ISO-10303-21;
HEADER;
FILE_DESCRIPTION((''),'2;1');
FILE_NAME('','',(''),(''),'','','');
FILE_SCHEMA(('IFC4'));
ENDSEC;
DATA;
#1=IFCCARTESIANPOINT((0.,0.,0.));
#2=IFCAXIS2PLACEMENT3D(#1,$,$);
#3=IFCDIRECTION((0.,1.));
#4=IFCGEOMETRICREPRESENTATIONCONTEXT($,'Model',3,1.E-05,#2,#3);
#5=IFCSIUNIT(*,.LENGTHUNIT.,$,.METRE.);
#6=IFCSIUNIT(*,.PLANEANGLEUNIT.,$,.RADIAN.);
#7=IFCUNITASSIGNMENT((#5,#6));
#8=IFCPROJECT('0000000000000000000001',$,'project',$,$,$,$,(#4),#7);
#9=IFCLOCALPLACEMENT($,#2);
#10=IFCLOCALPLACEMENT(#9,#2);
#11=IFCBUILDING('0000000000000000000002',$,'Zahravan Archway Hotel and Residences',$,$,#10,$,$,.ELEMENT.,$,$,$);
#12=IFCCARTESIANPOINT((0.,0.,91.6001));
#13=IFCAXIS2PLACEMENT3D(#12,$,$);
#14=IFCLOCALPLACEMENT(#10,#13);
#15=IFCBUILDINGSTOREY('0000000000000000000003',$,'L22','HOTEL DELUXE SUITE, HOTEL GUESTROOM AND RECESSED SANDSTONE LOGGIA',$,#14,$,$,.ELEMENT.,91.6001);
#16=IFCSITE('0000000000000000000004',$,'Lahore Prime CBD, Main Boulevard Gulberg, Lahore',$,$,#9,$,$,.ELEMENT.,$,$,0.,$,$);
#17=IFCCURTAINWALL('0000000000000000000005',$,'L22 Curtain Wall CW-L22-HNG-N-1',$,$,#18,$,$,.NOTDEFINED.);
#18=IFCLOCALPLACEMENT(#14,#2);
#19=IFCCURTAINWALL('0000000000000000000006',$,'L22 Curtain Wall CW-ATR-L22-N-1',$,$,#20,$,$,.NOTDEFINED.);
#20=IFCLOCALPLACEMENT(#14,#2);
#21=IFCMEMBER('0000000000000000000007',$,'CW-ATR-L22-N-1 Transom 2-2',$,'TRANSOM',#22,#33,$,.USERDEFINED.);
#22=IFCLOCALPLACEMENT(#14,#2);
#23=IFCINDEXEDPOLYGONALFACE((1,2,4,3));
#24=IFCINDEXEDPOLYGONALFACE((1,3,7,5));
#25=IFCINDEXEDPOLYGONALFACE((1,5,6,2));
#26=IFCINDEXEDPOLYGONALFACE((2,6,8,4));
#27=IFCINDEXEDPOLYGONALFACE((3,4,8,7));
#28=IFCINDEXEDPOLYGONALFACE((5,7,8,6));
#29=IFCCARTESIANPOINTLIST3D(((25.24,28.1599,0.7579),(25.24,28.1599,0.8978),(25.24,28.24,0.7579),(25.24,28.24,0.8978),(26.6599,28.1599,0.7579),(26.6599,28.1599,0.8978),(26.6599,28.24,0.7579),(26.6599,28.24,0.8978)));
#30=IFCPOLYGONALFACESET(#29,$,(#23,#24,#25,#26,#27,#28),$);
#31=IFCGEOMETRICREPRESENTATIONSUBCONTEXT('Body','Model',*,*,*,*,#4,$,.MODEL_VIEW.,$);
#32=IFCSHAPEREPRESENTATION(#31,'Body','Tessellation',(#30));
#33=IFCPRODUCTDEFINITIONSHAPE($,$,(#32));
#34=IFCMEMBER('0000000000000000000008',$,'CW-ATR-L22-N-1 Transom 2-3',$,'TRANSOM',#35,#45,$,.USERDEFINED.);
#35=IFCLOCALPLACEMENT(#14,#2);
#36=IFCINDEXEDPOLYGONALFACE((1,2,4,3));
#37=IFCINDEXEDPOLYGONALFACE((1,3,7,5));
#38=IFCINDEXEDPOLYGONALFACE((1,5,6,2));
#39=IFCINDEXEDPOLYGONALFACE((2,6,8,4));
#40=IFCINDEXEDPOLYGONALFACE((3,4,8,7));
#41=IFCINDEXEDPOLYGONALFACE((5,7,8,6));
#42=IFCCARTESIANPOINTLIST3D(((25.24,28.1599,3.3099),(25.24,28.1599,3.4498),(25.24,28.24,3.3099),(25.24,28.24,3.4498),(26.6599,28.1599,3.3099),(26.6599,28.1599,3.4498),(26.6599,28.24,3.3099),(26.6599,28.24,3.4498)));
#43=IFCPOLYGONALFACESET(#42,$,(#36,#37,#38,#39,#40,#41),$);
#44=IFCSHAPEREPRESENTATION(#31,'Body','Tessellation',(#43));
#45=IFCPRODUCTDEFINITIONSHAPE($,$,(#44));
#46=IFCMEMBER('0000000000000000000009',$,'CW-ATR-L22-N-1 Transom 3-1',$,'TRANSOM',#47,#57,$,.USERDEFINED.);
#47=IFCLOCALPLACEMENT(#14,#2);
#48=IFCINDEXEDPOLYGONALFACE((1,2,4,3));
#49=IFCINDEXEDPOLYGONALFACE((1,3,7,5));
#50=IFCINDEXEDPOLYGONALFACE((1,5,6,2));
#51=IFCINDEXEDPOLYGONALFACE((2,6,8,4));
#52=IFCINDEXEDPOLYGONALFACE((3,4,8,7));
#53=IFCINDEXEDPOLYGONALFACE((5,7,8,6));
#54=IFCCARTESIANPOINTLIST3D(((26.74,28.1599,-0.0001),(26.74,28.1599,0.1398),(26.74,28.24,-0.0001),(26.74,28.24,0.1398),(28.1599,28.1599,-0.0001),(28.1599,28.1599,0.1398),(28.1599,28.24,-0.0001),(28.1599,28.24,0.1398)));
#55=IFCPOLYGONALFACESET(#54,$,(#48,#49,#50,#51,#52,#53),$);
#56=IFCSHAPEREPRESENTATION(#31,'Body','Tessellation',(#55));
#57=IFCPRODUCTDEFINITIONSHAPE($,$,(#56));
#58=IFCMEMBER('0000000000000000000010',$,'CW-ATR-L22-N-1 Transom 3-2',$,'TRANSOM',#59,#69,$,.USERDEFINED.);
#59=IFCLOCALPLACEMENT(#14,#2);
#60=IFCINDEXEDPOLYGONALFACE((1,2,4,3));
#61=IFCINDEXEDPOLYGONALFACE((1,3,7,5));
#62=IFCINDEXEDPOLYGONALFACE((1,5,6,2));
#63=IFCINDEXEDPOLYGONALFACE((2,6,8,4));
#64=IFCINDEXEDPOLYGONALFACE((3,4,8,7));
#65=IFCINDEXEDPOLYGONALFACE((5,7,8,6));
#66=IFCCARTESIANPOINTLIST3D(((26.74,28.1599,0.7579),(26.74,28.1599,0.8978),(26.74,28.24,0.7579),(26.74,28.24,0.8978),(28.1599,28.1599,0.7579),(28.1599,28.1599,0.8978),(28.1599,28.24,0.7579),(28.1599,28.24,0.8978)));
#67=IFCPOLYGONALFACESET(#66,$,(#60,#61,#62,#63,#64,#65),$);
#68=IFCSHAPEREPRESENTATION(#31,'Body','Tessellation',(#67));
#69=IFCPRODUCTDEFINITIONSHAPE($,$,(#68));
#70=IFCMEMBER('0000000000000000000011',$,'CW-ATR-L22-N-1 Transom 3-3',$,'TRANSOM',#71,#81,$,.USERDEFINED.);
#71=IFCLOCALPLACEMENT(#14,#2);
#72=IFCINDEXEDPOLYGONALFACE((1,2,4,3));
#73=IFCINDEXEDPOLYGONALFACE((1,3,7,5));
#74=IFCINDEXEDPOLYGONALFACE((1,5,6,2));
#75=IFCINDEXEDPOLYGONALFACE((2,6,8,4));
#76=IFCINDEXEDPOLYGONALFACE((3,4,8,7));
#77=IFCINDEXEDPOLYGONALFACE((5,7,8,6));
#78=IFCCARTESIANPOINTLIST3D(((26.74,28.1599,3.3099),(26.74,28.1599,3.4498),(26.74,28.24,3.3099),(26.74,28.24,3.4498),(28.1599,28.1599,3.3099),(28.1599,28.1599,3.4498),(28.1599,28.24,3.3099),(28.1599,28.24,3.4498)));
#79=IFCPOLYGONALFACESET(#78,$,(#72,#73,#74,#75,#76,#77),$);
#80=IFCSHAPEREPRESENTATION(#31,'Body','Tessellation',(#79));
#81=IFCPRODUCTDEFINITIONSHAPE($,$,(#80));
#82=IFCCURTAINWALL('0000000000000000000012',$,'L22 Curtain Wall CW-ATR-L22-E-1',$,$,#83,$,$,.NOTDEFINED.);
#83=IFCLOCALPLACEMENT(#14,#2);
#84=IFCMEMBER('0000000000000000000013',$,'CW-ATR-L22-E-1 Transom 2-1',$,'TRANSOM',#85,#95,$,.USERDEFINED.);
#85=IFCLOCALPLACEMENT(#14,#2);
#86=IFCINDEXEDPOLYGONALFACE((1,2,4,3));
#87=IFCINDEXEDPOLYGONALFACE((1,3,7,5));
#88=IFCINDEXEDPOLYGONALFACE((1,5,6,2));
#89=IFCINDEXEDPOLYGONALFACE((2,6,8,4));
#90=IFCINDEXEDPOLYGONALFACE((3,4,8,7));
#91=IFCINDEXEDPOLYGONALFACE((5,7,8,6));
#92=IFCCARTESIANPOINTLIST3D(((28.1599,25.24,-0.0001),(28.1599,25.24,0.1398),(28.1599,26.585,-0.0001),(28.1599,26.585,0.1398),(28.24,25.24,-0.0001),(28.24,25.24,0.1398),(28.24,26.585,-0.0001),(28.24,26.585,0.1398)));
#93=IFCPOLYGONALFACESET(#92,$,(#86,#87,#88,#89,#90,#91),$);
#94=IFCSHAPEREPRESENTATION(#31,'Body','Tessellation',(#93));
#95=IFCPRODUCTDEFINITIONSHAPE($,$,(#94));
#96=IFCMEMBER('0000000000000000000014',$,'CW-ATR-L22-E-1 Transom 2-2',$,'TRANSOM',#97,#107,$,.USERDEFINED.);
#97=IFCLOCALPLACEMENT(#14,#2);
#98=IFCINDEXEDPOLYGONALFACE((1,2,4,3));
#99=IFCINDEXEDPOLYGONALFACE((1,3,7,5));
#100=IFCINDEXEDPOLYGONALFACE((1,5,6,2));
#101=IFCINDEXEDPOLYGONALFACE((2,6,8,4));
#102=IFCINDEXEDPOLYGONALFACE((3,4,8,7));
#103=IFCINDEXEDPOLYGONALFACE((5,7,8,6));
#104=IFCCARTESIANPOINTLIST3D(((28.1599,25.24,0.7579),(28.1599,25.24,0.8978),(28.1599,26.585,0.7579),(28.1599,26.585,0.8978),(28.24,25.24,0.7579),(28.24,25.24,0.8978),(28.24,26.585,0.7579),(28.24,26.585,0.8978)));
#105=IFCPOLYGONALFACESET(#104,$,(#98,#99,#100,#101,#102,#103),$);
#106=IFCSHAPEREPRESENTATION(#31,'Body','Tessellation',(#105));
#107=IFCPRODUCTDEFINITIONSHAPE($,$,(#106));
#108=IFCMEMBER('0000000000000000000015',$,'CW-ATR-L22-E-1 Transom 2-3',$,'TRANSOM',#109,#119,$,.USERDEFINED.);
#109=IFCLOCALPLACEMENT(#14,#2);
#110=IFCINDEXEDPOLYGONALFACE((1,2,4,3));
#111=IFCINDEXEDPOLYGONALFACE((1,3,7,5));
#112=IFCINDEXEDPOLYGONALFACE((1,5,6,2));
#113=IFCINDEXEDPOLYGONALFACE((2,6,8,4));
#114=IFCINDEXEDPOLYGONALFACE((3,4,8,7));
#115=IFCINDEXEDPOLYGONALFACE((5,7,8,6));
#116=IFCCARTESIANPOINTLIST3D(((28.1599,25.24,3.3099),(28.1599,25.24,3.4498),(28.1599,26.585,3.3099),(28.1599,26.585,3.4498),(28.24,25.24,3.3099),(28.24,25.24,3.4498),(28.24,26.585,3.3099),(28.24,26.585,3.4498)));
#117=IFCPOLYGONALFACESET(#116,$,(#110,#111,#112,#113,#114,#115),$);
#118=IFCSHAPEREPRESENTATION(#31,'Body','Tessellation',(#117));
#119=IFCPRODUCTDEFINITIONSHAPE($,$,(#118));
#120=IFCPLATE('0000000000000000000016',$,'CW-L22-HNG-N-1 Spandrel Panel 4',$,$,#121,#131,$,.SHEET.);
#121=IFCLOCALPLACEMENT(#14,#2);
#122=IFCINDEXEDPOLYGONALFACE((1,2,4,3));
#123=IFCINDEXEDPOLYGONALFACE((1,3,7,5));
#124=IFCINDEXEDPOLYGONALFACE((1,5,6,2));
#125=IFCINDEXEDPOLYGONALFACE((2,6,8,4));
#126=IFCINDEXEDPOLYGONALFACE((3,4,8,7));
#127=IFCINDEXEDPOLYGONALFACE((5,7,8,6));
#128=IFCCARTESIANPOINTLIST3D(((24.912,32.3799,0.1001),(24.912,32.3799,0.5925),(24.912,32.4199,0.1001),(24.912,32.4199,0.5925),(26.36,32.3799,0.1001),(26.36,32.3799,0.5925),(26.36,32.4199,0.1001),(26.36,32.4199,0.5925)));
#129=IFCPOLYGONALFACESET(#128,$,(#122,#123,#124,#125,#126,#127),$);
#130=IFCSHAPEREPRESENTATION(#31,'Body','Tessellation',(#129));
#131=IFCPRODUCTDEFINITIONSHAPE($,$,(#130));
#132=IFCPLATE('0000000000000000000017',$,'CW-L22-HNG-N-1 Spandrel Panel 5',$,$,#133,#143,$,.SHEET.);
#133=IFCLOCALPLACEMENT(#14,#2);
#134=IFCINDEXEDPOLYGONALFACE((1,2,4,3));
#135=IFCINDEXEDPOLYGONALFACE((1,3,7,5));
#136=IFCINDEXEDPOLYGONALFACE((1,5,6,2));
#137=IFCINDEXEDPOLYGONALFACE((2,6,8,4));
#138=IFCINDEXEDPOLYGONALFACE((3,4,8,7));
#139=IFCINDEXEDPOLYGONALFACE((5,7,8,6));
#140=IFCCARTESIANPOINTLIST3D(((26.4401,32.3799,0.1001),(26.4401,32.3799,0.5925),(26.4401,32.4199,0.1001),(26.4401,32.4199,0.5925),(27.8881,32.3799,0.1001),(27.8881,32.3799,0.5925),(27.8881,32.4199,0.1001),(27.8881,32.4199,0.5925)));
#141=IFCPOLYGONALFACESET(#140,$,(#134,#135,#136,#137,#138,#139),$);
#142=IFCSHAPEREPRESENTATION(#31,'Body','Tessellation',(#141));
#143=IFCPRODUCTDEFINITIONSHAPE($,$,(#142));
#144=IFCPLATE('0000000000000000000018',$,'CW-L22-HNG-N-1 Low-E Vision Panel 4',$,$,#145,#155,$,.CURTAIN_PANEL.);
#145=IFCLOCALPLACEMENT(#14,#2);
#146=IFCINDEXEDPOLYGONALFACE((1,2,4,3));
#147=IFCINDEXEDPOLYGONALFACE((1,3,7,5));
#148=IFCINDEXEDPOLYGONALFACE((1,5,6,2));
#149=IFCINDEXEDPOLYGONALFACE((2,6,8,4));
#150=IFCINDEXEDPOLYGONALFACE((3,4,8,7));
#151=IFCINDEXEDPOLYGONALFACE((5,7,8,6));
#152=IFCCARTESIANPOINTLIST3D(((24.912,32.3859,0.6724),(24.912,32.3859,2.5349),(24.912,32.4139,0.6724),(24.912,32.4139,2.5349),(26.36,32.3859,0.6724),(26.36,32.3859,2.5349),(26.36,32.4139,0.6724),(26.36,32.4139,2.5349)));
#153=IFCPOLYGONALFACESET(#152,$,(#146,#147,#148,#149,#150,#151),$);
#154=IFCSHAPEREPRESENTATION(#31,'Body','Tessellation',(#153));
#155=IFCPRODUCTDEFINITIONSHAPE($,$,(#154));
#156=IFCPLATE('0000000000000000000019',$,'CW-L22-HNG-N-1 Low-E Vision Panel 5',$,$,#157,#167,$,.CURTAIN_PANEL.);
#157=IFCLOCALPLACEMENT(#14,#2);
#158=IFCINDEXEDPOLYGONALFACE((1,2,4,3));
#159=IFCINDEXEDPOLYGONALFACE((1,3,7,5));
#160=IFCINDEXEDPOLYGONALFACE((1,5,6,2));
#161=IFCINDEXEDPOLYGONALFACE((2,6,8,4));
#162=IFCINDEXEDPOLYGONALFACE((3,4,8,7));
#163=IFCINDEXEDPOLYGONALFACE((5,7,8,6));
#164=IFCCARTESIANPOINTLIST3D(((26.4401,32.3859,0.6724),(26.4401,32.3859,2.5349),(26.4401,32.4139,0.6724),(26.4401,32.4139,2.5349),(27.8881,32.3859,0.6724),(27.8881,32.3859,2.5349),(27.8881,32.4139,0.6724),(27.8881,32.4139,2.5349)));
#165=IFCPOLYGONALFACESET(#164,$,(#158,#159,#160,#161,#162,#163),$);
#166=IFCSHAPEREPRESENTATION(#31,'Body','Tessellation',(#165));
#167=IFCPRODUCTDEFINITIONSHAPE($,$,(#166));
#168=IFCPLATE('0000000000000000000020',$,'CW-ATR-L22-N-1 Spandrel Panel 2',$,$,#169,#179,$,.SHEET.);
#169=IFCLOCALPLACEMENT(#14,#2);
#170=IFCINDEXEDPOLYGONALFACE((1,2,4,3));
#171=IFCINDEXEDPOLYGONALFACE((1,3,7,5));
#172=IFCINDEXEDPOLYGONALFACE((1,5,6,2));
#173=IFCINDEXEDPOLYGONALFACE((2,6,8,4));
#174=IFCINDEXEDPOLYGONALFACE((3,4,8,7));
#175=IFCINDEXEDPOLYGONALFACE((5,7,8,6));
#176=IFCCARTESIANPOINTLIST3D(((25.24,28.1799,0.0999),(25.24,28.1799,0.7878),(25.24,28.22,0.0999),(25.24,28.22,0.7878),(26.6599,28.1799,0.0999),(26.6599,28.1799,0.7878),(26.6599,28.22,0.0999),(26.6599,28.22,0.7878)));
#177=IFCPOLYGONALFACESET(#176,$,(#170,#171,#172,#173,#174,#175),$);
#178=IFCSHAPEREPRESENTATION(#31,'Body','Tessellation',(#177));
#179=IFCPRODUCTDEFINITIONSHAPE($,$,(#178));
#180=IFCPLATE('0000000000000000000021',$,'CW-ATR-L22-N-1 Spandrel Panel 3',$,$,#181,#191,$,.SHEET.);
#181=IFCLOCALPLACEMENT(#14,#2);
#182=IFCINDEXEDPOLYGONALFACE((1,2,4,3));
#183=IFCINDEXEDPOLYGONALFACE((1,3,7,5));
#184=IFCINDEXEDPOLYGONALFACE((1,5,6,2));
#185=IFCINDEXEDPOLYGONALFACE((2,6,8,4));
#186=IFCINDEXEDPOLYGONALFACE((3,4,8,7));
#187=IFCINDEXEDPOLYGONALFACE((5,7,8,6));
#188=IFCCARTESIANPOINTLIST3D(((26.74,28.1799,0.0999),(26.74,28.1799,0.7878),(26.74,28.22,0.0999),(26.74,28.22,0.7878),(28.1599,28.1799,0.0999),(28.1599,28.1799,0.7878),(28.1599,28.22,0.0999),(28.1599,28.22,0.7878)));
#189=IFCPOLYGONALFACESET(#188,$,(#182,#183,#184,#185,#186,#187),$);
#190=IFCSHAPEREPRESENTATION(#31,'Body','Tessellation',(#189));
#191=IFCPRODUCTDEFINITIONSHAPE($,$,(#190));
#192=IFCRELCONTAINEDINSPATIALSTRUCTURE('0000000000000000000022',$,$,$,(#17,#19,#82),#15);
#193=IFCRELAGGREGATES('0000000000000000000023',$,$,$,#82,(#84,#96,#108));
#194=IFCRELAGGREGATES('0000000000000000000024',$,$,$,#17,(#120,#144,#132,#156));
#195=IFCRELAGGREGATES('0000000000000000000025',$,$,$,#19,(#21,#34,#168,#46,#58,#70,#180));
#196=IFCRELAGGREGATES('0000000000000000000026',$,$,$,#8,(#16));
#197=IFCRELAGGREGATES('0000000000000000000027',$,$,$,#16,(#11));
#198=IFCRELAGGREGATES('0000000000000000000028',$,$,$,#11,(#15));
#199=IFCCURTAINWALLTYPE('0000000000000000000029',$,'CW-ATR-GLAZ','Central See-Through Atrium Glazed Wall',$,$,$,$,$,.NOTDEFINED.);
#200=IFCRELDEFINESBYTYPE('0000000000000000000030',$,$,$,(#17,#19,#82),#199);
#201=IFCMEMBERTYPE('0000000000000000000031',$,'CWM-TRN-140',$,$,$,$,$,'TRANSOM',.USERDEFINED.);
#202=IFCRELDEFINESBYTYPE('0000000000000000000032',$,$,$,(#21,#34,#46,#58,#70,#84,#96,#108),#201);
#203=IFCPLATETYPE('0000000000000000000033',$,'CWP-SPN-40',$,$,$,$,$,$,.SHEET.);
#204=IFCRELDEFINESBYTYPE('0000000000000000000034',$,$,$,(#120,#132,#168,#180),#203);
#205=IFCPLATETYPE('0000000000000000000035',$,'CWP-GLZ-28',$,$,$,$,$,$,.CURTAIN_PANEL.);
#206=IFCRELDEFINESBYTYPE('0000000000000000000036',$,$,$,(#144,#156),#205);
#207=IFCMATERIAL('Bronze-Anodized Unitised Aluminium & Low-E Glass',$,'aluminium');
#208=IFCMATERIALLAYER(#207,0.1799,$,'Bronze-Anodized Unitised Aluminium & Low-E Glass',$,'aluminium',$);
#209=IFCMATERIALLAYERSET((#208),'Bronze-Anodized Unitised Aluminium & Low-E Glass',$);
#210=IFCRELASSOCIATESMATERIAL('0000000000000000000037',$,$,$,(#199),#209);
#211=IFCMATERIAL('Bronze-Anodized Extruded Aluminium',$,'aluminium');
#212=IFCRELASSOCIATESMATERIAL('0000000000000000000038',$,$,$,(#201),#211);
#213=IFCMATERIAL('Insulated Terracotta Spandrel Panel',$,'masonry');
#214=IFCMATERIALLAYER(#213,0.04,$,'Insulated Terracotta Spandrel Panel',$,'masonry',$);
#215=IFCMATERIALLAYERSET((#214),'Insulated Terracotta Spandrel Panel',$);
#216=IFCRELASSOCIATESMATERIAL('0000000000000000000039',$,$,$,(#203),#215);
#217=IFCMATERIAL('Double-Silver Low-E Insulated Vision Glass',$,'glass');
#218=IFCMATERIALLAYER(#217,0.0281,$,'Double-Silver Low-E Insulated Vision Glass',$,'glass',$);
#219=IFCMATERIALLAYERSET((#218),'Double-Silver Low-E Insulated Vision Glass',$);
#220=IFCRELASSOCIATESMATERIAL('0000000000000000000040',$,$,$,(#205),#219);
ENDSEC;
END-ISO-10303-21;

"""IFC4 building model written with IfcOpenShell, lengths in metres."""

from ifc_helpers import new_model, si_unit, direction, frame, origin, origin_2d, place, context, subcontext, project, spatial, rectangle, extrude, source, transform, mapped, material, layer, layer_set, material_profile, profile_set, type_object, element, aggregate, save


model = new_model("IFC4")

# Units and contexts
model_context = context("Model", 3, precision=1e-05, world=origin(), true_north=direction((0.0, 1.0)))
body_context = subcontext(model_context, "Body", "Model", "MODEL_VIEW")
ifc_project = project(units=[si_unit("LENGTHUNIT", "METRE"), si_unit("PLANEANGLEUNIT", "RADIAN")], contexts=[model_context])

# Site, building, storey
site_placement = place(None, origin())
site = spatial("IfcSite", under=ifc_project, at=site_placement, Name="Lahore Prime CBD, Main Boulevard Gulberg, Lahore", CompositionType="ELEMENT", RefElevation=0.0)
building_placement = place(site_placement, origin())
building = spatial("IfcBuilding", under=site, at=building_placement, Name="Zahravan Archway Hotel and Residences", CompositionType="ELEMENT")
storey_placement = place(building_placement, frame((0.0, 0.0, 91.6001)))
storey = spatial("IfcBuildingStorey", under=building, at=storey_placement, Name="L22", Description="HOTEL DELUXE SUITE, HOTEL GUESTROOM AND RECESSED SANDSTONE LOGGIA", CompositionType="ELEMENT", Elevation=91.6001)

# Curtain walls, members
ifc_material_1 = material(Name="Bronze-Anodized Unitised Aluminium & Low-E Glass", Category="aluminium")
ifc_layer_1 = layer(ifc_material_1, 0.1799, Name="Bronze-Anodized Unitised Aluminium & Low-E Glass", Category="aluminium")
ifc_layer_set_1 = layer_set([ifc_layer_1], Name="Bronze-Anodized Unitised Aluminium & Low-E Glass")
curtain_wall_type = type_object("IfcCurtainWallType", Name="CW-ATR-GLAZ", Description="Central See-Through Atrium Glazed Wall", PredefinedType="NOTDEFINED", material=ifc_layer_set_1)
curtain_wall_1_placement = place(storey_placement, origin())
curtain_wall_1 = element("IfcCurtainWall", 1, at=curtain_wall_1_placement, inside=storey, type_object=curtain_wall_type, Name="L22 Curtain Wall CW-L22-HNG-N-1", PredefinedType="NOTDEFINED")
ifc_material_2 = material(Name="Bronze-Anodized Extruded Aluminium", Category="aluminium")
ifc_material_profile_1 = material_profile(ifc_material_2, rectangle(XDim=0.0801, YDim=0.1399, at=origin_2d()), Name="TRN 80x140", Category="aluminium")
ifc_profile_set_1 = profile_set([ifc_material_profile_1], Name="Bronze-Anodized Extruded Aluminium")
member_type_1 = type_object("IfcMemberType", Name="CWM-TRN-140", ElementType="TRANSOM", PredefinedType="USERDEFINED", material=ifc_profile_set_1)
curtain_wall_2_placement = place(storey_placement, origin())
curtain_wall_2 = element("IfcCurtainWall", 2, at=curtain_wall_2_placement, inside=storey, type_object=curtain_wall_type, Name="L22 Curtain Wall CW-ATR-L22-N-1", PredefinedType="NOTDEFINED")
shared_shape_1 = source(origin(), body_context, "Body", "SweptSolid", [
    extrude(rectangle(XDim=0.0801, YDim=0.1399, at=origin_2d()), origin(), (0.0, 0.0, 1.0), 1.4199),
])
member_1_placement = place(storey_placement, frame((25.24, 28.2, 0.8279), z_axis=(1.0, 0.0, 0.0), x_axis=(0.0, 1.0, 0.0)))
member_1 = element("IfcMember", 3, at=member_1_placement, type_object=member_type_1, Name="CW-ATR-L22-N-1 Transom 2-2", ObjectType="TRANSOM", PredefinedType="USERDEFINED", context=body_context, shape_type="MappedRepresentation", body=[
    mapped(shared_shape_1, transform((0.0, 0.0, 0.0), scale=1.0)),
])
member_2_placement = place(storey_placement, frame((25.24, 28.2, 3.3799), z_axis=(1.0, 0.0, 0.0), x_axis=(0.0, 1.0, 0.0)))
member_2 = element("IfcMember", 4, at=member_2_placement, type_object=member_type_1, Name="CW-ATR-L22-N-1 Transom 2-3", ObjectType="TRANSOM", PredefinedType="USERDEFINED", context=body_context, shape_type="MappedRepresentation", body=[
    mapped(shared_shape_1, transform((0.0, 0.0, 0.0), scale=1.0)),
])
member_3_placement = place(storey_placement, frame((26.74, 28.2, 0.0698), z_axis=(1.0, 0.0, 0.0), x_axis=(0.0, 1.0, 0.0)))
member_3 = element("IfcMember", 5, at=member_3_placement, type_object=member_type_1, Name="CW-ATR-L22-N-1 Transom 3-1", ObjectType="TRANSOM", PredefinedType="USERDEFINED", context=body_context, shape_type="MappedRepresentation", body=[
    mapped(shared_shape_1, transform((0.0, 0.0, 0.0), scale=1.0)),
])
member_4_placement = place(storey_placement, frame((26.74, 28.2, 0.8279), z_axis=(1.0, 0.0, 0.0), x_axis=(0.0, 1.0, 0.0)))
member_4 = element("IfcMember", 6, at=member_4_placement, type_object=member_type_1, Name="CW-ATR-L22-N-1 Transom 3-2", ObjectType="TRANSOM", PredefinedType="USERDEFINED", context=body_context, shape_type="MappedRepresentation", body=[
    mapped(shared_shape_1, transform((0.0, 0.0, 0.0), scale=1.0)),
])
member_5_placement = place(storey_placement, frame((26.74, 28.2, 3.3799), z_axis=(1.0, 0.0, 0.0), x_axis=(0.0, 1.0, 0.0)))
member_5 = element("IfcMember", 7, at=member_5_placement, type_object=member_type_1, Name="CW-ATR-L22-N-1 Transom 3-3", ObjectType="TRANSOM", PredefinedType="USERDEFINED", context=body_context, shape_type="MappedRepresentation", body=[
    mapped(shared_shape_1, transform((0.0, 0.0, 0.0), scale=1.0)),
])
curtain_wall_3_placement = place(storey_placement, origin())
curtain_wall_3 = element("IfcCurtainWall", 8, at=curtain_wall_3_placement, inside=storey, type_object=curtain_wall_type, Name="L22 Curtain Wall CW-ATR-L22-E-1", PredefinedType="NOTDEFINED")
shared_shape_2 = source(origin(), body_context, "Body", "SweptSolid", [
    extrude(rectangle(XDim=0.0801, YDim=0.1399, at=origin_2d()), origin(), (0.0, 0.0, 1.0), 1.345),
])
member_6_placement = place(storey_placement, frame((28.2, 25.24, 0.0698), z_axis=(0.0, 1.0, 0.0), x_axis=(-1.0, 0.0, 0.0)))
member_6 = element("IfcMember", 9, at=member_6_placement, type_object=member_type_1, Name="CW-ATR-L22-E-1 Transom 2-1", ObjectType="TRANSOM", PredefinedType="USERDEFINED", context=body_context, shape_type="MappedRepresentation", body=[
    mapped(shared_shape_2, transform((0.0, 0.0, 0.0), scale=1.0)),
])
member_7_placement = place(storey_placement, frame((28.2, 25.24, 0.8279), z_axis=(0.0, 1.0, 0.0), x_axis=(-1.0, 0.0, 0.0)))
member_7 = element("IfcMember", 10, at=member_7_placement, type_object=member_type_1, Name="CW-ATR-L22-E-1 Transom 2-2", ObjectType="TRANSOM", PredefinedType="USERDEFINED", context=body_context, shape_type="MappedRepresentation", body=[
    mapped(shared_shape_2, transform((0.0, 0.0, 0.0), scale=1.0)),
])
member_8_placement = place(storey_placement, frame((28.2, 25.24, 3.3799), z_axis=(0.0, 1.0, 0.0), x_axis=(-1.0, 0.0, 0.0)))
member_8 = element("IfcMember", 11, at=member_8_placement, type_object=member_type_1, Name="CW-ATR-L22-E-1 Transom 2-3", ObjectType="TRANSOM", PredefinedType="USERDEFINED", context=body_context, shape_type="MappedRepresentation", body=[
    mapped(shared_shape_2, transform((0.0, 0.0, 0.0), scale=1.0)),
])
aggregate(curtain_wall_3, [member_6, member_7, member_8])

# Plates
ifc_material_3 = material(Name="Insulated Terracotta Spandrel Panel", Category="masonry")
ifc_layer_2 = layer(ifc_material_3, 0.04, Name="Insulated Terracotta Spandrel Panel", Category="masonry")
ifc_layer_set_2 = layer_set([ifc_layer_2], Name="Insulated Terracotta Spandrel Panel")
plate_type_1 = type_object("IfcPlateType", Name="CWP-SPN-40", PredefinedType="SHEET", material=ifc_layer_set_2)
shared_shape_3 = source(origin(), body_context, "Body", "SweptSolid", [
    extrude(rectangle(XDim=1.448, YDim=0.04, at=origin_2d()), origin(), (0.0, 0.0, 1.0), 0.4924),
])
plate_1_placement = place(storey_placement, frame((25.636, 32.3999, 0.1001), z_axis=(0.0, 0.0, 1.0), x_axis=(1.0, 0.0, 0.0)))
plate_1 = element("IfcPlate", 12, at=plate_1_placement, type_object=plate_type_1, Name="CW-L22-HNG-N-1 Spandrel Panel 4", PredefinedType="SHEET", context=body_context, shape_type="MappedRepresentation", body=[
    mapped(shared_shape_3, transform((0.0, 0.0, 0.0), scale=1.0)),
])
plate_2_placement = place(storey_placement, frame((27.1641, 32.3999, 0.1001), z_axis=(0.0, 0.0, 1.0), x_axis=(1.0, 0.0, 0.0)))
plate_2 = element("IfcPlate", 13, at=plate_2_placement, type_object=plate_type_1, Name="CW-L22-HNG-N-1 Spandrel Panel 5", PredefinedType="SHEET", context=body_context, shape_type="MappedRepresentation", body=[
    mapped(shared_shape_3, transform((0.0, 0.0, 0.0), scale=1.0)),
])
ifc_material_4 = material(Name="Double-Silver Low-E Insulated Vision Glass", Category="glass")
ifc_layer_3 = layer(ifc_material_4, 0.0281, Name="Double-Silver Low-E Insulated Vision Glass", Category="glass")
ifc_layer_set_3 = layer_set([ifc_layer_3], Name="Double-Silver Low-E Insulated Vision Glass")
plate_type_2 = type_object("IfcPlateType", Name="CWP-GLZ-28", PredefinedType="CURTAIN_PANEL", material=ifc_layer_set_3)
shared_shape_4 = source(origin(), body_context, "Body", "SweptSolid", [
    extrude(rectangle(XDim=1.448, YDim=0.0281, at=origin_2d()), origin(), (0.0, 0.0, 1.0), 1.8625),
])
plate_3_placement = place(storey_placement, frame((25.636, 32.3999, 0.6724), z_axis=(0.0, 0.0, 1.0), x_axis=(1.0, 0.0, 0.0)))
plate_3 = element("IfcPlate", 14, at=plate_3_placement, type_object=plate_type_2, Name="CW-L22-HNG-N-1 Low-E Vision Panel 4", PredefinedType="CURTAIN_PANEL", context=body_context, shape_type="MappedRepresentation", body=[
    mapped(shared_shape_4, transform((0.0, 0.0, 0.0), scale=1.0)),
])
plate_4_placement = place(storey_placement, frame((27.1641, 32.3999, 0.6724), z_axis=(0.0, 0.0, 1.0), x_axis=(1.0, 0.0, 0.0)))
plate_4 = element("IfcPlate", 15, at=plate_4_placement, type_object=plate_type_2, Name="CW-L22-HNG-N-1 Low-E Vision Panel 5", PredefinedType="CURTAIN_PANEL", context=body_context, shape_type="MappedRepresentation", body=[
    mapped(shared_shape_4, transform((0.0, 0.0, 0.0), scale=1.0)),
])
aggregate(curtain_wall_1, [plate_1, plate_3, plate_2, plate_4])
shared_shape_5 = source(origin(), body_context, "Body", "SweptSolid", [
    extrude(rectangle(XDim=1.4199, YDim=0.04, at=origin_2d()), origin(), (0.0, 0.0, 1.0), 0.688),
])
plate_5_placement = place(storey_placement, frame((25.95, 28.2, 0.0999), z_axis=(0.0, 0.0, 1.0), x_axis=(1.0, 0.0, 0.0)))
plate_5 = element("IfcPlate", 16, at=plate_5_placement, type_object=plate_type_1, Name="CW-ATR-L22-N-1 Spandrel Panel 2", PredefinedType="SHEET", context=body_context, shape_type="MappedRepresentation", body=[
    mapped(shared_shape_5, transform((0.0, 0.0, 0.0), scale=1.0)),
])
plate_6_placement = place(storey_placement, frame((27.45, 28.2, 0.0999), z_axis=(0.0, 0.0, 1.0), x_axis=(1.0, 0.0, 0.0)))
plate_6 = element("IfcPlate", 17, at=plate_6_placement, type_object=plate_type_1, Name="CW-ATR-L22-N-1 Spandrel Panel 3", PredefinedType="SHEET", context=body_context, shape_type="MappedRepresentation", body=[
    mapped(shared_shape_5, transform((0.0, 0.0, 0.0), scale=1.0)),
])
aggregate(curtain_wall_2, [member_1, member_2, plate_5, member_3, member_4, member_5, plate_6])

save(model, "model.ifc")
